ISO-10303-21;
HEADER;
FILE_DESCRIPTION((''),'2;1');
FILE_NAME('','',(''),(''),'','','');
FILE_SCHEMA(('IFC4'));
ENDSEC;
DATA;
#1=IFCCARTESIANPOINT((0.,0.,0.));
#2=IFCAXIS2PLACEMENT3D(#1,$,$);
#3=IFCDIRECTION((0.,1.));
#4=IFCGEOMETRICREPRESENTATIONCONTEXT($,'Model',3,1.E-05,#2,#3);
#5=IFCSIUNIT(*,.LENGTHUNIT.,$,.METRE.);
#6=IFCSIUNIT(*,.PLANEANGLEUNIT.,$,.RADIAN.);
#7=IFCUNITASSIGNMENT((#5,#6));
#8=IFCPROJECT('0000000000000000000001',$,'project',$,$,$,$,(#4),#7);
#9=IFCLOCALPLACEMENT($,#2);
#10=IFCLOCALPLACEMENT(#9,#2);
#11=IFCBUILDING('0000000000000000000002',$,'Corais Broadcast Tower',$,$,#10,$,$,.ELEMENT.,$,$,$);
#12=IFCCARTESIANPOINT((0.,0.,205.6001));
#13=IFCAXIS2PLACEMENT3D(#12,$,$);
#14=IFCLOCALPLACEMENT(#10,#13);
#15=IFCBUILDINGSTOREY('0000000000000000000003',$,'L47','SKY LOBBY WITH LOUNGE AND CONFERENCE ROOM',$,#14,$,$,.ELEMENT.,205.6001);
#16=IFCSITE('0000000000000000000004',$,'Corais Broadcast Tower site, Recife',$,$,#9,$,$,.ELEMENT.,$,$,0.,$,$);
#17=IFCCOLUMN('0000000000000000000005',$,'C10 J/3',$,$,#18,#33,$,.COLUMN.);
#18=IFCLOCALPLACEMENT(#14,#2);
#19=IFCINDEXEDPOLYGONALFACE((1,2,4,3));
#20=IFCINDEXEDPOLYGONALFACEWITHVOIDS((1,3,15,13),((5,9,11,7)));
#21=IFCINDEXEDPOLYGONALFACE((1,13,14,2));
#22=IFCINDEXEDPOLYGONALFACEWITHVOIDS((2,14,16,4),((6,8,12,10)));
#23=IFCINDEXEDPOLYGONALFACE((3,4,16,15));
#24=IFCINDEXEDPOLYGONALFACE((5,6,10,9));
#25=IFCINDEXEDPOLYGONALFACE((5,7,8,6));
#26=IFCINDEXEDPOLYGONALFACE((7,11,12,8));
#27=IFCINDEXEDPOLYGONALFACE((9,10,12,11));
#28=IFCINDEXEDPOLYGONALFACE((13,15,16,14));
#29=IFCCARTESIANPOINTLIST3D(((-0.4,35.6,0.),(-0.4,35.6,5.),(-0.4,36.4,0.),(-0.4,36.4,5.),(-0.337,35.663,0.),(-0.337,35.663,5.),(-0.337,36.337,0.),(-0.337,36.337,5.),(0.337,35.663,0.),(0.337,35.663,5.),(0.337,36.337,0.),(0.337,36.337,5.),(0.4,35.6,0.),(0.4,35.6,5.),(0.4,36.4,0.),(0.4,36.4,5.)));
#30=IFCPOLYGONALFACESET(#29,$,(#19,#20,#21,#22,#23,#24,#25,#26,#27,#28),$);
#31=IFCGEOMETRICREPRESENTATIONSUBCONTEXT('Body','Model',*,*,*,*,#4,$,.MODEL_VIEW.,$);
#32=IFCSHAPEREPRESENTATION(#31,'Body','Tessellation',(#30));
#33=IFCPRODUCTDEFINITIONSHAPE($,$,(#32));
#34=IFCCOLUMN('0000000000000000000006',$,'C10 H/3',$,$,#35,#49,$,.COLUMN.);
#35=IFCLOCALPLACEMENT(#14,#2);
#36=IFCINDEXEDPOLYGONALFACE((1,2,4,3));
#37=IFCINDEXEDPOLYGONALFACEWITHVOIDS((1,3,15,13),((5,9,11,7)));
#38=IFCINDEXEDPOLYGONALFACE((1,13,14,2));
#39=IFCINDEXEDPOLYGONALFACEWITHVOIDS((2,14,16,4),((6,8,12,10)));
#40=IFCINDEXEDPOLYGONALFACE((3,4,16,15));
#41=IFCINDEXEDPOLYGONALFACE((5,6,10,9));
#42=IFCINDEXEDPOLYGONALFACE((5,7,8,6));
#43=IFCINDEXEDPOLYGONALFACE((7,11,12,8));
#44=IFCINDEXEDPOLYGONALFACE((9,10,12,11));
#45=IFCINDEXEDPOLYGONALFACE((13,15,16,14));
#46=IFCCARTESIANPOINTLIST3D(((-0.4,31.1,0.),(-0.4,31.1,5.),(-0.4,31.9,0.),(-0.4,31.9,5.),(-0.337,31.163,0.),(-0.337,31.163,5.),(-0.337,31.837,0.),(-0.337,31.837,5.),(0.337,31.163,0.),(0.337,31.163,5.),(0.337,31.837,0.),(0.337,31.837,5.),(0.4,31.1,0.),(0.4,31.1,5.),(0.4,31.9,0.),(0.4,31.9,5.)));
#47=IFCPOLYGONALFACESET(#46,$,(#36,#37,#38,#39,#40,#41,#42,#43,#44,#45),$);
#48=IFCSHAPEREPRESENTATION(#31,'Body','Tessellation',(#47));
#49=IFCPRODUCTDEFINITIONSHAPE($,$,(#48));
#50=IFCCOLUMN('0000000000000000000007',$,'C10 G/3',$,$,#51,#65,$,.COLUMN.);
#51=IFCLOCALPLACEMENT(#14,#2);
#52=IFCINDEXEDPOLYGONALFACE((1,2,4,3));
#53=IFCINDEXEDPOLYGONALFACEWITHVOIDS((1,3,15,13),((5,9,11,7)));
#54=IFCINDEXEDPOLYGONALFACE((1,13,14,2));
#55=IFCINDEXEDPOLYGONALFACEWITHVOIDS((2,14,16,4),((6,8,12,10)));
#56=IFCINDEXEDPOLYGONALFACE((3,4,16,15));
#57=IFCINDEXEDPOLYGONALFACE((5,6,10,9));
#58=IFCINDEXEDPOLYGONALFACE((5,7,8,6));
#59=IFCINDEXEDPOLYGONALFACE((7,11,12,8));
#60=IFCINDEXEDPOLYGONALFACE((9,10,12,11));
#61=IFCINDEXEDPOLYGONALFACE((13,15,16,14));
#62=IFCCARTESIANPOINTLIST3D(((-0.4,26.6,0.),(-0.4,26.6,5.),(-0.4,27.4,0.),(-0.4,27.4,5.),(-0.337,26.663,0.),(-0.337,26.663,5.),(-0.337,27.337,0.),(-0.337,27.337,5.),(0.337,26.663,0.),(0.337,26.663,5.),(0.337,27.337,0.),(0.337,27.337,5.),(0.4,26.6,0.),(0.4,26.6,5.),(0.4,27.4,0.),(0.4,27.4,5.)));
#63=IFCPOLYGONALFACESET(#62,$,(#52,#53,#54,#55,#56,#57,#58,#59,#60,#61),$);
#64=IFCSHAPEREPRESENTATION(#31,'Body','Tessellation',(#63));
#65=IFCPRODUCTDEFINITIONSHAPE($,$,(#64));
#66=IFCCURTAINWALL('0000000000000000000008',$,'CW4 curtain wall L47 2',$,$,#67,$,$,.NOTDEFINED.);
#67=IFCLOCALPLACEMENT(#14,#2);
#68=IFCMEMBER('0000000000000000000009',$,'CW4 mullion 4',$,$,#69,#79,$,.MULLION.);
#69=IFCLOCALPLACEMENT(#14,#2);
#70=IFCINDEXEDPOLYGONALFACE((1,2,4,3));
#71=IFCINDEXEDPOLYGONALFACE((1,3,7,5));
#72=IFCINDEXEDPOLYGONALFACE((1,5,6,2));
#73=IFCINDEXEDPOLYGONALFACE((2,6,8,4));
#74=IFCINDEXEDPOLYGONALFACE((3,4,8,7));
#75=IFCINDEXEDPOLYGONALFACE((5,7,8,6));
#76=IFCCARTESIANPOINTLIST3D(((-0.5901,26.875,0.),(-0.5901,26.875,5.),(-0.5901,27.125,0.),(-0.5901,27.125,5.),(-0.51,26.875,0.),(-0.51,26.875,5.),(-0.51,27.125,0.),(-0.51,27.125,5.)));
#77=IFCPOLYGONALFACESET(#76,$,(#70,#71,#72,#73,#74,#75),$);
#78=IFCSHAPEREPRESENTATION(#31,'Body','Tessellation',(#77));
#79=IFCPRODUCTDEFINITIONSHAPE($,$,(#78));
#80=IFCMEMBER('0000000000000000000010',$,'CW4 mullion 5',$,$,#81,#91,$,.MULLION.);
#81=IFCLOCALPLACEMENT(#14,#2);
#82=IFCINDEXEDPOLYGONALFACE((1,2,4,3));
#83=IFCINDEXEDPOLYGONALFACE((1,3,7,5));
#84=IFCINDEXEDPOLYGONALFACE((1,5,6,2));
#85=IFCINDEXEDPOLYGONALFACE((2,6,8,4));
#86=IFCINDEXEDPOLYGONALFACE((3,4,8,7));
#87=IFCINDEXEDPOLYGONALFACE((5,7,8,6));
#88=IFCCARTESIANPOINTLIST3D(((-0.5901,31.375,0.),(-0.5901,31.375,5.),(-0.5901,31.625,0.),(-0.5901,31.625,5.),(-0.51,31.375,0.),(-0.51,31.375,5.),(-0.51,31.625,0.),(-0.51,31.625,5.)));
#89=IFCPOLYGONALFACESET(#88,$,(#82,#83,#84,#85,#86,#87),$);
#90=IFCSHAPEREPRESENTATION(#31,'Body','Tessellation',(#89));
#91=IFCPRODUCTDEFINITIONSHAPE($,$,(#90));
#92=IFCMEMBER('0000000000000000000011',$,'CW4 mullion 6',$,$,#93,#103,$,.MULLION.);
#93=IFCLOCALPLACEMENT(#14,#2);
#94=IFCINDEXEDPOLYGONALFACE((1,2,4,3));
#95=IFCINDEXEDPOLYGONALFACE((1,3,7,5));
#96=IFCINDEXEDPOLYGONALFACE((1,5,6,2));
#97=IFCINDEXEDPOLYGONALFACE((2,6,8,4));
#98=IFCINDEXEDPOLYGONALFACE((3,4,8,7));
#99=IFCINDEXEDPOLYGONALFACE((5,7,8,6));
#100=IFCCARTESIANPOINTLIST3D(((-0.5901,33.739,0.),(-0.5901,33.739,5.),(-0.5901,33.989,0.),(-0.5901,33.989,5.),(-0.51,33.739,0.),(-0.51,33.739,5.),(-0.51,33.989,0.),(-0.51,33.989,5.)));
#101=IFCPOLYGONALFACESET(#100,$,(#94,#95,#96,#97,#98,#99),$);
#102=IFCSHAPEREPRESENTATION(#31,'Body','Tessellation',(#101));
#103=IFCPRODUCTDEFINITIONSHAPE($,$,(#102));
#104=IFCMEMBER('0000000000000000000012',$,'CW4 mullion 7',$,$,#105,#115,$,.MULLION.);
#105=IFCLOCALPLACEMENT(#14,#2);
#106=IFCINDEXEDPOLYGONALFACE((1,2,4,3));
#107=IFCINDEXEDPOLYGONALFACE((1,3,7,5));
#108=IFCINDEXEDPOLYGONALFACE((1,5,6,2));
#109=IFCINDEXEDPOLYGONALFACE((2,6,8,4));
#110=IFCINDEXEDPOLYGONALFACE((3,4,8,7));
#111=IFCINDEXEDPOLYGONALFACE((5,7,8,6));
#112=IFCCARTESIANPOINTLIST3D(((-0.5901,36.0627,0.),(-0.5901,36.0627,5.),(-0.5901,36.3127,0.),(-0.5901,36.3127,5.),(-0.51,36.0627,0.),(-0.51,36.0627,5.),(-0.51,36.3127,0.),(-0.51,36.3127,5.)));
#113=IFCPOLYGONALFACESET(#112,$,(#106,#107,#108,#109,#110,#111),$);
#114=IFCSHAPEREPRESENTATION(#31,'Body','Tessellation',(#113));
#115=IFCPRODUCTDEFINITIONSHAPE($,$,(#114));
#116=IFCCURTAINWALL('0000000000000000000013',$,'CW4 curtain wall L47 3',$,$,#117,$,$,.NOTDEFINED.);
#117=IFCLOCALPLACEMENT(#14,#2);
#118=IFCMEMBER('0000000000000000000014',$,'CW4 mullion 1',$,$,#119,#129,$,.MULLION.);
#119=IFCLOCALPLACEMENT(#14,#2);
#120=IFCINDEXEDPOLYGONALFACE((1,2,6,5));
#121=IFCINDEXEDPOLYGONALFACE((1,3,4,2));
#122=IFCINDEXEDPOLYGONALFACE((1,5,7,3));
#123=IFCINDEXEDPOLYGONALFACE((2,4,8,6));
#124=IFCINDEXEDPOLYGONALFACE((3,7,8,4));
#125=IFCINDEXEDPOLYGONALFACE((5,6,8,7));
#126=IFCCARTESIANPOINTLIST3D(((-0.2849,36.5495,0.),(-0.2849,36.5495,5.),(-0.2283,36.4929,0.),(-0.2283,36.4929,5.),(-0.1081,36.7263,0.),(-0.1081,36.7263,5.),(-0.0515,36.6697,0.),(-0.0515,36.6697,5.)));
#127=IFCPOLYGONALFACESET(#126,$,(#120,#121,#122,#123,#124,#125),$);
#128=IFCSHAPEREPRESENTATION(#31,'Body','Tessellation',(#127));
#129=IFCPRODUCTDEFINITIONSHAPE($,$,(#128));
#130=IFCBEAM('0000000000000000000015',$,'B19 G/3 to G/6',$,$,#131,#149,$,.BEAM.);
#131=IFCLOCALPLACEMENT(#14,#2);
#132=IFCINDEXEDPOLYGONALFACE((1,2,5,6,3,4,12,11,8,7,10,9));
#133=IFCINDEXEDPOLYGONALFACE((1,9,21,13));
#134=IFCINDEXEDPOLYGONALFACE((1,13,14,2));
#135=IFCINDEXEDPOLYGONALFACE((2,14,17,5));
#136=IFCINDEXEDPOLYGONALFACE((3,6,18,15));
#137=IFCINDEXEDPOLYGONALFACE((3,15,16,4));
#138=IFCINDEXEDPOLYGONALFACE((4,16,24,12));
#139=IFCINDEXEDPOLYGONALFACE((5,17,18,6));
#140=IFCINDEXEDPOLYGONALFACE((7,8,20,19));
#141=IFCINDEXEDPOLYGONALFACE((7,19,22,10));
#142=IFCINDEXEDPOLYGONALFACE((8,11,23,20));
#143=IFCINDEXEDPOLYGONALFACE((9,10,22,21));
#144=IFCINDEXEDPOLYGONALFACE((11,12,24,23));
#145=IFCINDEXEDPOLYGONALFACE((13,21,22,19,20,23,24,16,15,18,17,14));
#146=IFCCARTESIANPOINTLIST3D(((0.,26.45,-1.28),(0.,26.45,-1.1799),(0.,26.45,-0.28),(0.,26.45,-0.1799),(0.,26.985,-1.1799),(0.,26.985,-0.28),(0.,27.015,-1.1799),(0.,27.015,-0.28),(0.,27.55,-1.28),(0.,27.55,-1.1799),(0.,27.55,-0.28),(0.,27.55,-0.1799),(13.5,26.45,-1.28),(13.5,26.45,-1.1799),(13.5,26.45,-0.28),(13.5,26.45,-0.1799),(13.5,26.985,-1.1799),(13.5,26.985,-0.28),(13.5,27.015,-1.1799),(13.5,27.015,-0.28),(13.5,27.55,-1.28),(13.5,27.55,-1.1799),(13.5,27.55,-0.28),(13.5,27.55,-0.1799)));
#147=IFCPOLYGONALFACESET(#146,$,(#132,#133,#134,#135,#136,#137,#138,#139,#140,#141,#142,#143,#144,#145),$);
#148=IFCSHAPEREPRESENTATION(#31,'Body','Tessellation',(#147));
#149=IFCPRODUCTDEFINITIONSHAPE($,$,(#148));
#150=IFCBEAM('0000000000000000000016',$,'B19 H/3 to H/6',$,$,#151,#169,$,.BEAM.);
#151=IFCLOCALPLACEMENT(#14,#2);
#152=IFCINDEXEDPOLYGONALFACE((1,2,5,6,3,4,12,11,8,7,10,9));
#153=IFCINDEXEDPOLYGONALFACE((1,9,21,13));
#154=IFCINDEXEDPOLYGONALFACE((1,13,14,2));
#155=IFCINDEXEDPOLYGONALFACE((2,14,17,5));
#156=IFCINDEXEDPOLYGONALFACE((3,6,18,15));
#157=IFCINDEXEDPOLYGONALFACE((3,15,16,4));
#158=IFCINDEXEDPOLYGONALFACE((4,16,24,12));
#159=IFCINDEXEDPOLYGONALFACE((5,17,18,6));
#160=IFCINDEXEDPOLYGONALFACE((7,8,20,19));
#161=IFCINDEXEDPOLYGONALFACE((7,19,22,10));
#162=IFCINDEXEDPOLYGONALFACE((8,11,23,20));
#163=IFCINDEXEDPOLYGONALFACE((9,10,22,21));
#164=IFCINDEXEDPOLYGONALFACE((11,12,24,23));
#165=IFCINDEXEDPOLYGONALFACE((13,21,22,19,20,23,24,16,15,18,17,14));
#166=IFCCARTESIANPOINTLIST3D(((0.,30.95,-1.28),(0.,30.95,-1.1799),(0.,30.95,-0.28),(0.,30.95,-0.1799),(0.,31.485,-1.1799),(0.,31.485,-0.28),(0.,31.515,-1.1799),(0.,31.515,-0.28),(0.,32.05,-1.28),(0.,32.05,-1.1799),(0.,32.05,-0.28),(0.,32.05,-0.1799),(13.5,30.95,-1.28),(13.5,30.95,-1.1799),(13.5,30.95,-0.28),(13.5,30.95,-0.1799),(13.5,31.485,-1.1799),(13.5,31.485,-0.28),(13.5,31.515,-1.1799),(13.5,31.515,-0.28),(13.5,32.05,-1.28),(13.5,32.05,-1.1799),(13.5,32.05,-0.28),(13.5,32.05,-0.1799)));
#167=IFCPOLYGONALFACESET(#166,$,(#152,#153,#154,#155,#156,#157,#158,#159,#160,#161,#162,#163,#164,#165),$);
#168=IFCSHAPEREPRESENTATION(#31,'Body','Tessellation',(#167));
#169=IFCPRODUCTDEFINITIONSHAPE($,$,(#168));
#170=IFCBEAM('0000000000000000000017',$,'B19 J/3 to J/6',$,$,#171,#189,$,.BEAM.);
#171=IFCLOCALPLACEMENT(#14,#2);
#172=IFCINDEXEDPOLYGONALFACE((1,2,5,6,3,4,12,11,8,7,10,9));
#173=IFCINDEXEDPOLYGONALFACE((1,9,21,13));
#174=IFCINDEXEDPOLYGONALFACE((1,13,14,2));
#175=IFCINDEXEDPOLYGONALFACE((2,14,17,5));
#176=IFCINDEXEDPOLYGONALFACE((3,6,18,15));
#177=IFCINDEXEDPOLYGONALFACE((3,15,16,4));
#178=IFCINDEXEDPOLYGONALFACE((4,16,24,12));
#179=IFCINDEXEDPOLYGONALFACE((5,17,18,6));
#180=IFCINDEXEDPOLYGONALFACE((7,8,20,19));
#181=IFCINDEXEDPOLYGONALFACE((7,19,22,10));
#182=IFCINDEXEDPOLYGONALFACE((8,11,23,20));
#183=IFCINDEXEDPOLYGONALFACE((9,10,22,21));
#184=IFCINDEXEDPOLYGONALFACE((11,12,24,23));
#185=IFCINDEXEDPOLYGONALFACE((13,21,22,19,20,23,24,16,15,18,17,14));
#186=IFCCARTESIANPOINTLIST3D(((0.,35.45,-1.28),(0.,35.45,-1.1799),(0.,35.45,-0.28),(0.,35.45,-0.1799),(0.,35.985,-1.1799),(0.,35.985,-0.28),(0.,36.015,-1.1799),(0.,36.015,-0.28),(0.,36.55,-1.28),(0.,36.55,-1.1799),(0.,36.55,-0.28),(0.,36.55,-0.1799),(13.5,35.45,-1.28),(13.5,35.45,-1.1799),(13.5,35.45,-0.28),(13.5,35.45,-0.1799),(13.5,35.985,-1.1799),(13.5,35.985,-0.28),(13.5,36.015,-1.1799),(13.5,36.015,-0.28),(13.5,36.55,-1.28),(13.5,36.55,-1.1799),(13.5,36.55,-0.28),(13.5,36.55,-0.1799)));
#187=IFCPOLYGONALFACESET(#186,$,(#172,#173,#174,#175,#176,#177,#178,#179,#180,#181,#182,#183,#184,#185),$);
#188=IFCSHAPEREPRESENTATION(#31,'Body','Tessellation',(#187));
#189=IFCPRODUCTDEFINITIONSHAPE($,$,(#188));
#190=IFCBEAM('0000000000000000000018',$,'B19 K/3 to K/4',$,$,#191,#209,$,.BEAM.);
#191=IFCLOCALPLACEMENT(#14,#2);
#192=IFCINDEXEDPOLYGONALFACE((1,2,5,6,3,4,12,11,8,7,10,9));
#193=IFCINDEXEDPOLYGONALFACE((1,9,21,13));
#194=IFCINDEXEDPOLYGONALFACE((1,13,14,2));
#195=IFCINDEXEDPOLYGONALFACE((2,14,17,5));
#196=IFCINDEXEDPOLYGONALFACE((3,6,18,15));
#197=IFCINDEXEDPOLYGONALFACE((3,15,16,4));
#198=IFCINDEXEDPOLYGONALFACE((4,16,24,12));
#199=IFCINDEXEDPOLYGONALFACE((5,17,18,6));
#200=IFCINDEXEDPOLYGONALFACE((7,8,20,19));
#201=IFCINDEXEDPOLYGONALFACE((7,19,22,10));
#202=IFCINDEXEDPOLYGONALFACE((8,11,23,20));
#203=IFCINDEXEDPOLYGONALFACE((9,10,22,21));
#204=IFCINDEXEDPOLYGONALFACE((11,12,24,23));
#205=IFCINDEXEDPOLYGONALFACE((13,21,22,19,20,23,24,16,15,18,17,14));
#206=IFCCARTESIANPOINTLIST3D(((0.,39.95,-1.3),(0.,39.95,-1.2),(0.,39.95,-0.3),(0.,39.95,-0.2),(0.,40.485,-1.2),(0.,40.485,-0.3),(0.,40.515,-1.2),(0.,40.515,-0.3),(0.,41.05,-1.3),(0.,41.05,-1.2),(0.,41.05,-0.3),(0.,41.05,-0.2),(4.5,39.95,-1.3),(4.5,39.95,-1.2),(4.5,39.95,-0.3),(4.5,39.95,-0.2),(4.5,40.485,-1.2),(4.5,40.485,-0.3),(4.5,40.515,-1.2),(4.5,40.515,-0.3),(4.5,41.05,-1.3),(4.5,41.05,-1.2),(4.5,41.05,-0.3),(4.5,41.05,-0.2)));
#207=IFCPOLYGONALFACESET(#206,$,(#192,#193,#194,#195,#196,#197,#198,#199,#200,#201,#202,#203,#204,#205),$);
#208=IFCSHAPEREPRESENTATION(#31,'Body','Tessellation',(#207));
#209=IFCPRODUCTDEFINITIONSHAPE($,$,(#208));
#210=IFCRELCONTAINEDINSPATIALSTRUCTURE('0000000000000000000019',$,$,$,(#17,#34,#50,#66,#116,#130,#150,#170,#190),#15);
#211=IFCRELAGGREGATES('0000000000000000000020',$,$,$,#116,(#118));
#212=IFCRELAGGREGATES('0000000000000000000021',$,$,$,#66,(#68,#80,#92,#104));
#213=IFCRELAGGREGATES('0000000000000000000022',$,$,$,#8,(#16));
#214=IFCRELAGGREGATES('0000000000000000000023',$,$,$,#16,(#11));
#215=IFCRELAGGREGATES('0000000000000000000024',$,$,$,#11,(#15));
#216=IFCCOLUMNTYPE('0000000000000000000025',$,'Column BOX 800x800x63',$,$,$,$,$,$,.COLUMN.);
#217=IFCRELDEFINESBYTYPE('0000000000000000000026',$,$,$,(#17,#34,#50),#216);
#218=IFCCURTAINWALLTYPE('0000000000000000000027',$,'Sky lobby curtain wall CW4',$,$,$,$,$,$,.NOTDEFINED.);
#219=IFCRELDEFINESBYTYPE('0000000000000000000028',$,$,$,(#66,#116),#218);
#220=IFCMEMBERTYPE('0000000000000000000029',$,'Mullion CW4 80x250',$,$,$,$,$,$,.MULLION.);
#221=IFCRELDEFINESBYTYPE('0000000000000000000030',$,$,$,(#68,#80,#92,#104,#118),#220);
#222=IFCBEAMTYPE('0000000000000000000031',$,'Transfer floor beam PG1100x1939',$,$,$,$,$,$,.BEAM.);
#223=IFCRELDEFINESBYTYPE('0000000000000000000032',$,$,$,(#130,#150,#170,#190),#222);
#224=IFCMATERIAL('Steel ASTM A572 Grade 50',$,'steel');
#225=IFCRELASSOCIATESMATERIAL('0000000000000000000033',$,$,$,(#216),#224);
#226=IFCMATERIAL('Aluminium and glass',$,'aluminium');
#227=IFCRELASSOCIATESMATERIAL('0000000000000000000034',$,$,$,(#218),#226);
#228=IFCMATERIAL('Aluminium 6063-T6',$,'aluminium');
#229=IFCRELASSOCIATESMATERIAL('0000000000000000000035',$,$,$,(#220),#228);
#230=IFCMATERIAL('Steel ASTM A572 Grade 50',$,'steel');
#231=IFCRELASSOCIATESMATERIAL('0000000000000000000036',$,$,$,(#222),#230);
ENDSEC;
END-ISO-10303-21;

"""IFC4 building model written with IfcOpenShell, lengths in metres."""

from ifc_helpers import new_model, si_unit, direction, frame, origin, origin_2d, place, context, subcontext, project, spatial, rectangle, hollow_rectangle, i_section, extrude, material, material_profile, profile_set, type_object, element, aggregate, save


model = new_model("IFC4")

# Units and contexts
model_context = context("Model", 3, precision=1e-05, world=origin(), true_north=direction((0.0, 1.0)))
body_context = subcontext(model_context, "Body", "Model", "MODEL_VIEW")
ifc_project = project(units=[si_unit("LENGTHUNIT", "METRE"), si_unit("PLANEANGLEUNIT", "RADIAN")], contexts=[model_context])

# Site, building, storey
site_placement = place(None, origin())
site = spatial("IfcSite", under=ifc_project, at=site_placement, Name="Corais Broadcast Tower site, Recife", CompositionType="ELEMENT", RefElevation=0.0)
building_placement = place(site_placement, origin())
building = spatial("IfcBuilding", under=site, at=building_placement, Name="Corais Broadcast Tower", CompositionType="ELEMENT")
storey_placement = place(building_placement, frame((0.0, 0.0, 205.6001)))
storey = spatial("IfcBuildingStorey", under=building, at=storey_placement, Name="L47", Description="SKY LOBBY WITH LOUNGE AND CONFERENCE ROOM", CompositionType="ELEMENT", Elevation=205.6001)

# Columns
ifc_material_1 = material(Name="Steel ASTM A572 Grade 50", Category="steel")
ifc_material_profile_1 = material_profile(ifc_material_1, hollow_rectangle(XDim=0.8, YDim=0.8, WallThickness=0.063, at=origin_2d()), Name="BOX 800x800x63")
ifc_profile_set_1 = profile_set([ifc_material_profile_1], Name="Steel ASTM A572 Grade 50")
column_type = type_object("IfcColumnType", Name="Column BOX 800x800x63", PredefinedType="COLUMN", material=ifc_profile_set_1)
for number, where, z_axis, x_axis, name in (
    (1, (0.0, 36.0, 0.0), (0.0, 0.0, 1.0), (1.0, 0.0, 0.0), "C10 J/3"),
    (2, (0.0, 31.5, 0.0), (0.0, 0.0, 1.0), (1.0, 0.0, 0.0), "C10 H/3"),
    (3, (0.0, 27.0, 0.0), (0.0, 0.0, 1.0), (1.0, 0.0, 0.0), "C10 G/3"),
):
    element("IfcColumn", number, at=place(storey_placement, frame(where, z_axis=z_axis, x_axis=x_axis)), inside=storey, type_object=column_type, Name=name, PredefinedType="COLUMN", context=body_context, shape_type="SweptSolid", body=[
        extrude(hollow_rectangle(XDim=0.8, YDim=0.8, WallThickness=0.063, at=origin_2d()), origin(), (0.0, 0.0, 1.0), 5.0),
    ])

# Curtain wall, members
ifc_material_2 = material(Name="Aluminium and glass", Category="aluminium")
curtain_wall_type = type_object("IfcCurtainWallType", Name="Sky lobby curtain wall CW4", PredefinedType="NOTDEFINED", material=ifc_material_2)
curtain_wall_1_placement = place(storey_placement, origin())
curtain_wall_1 = element("IfcCurtainWall", 4, at=curtain_wall_1_placement, inside=storey, type_object=curtain_wall_type, Name="CW4 curtain wall L47 2", PredefinedType="NOTDEFINED")
ifc_material_3 = material(Name="Aluminium 6063-T6", Category="aluminium")
ifc_material_profile_2 = material_profile(ifc_material_3, rectangle(XDim=0.0801, YDim=0.25, at=origin_2d()), Name="Mullion CW4 80x250")
ifc_profile_set_2 = profile_set([ifc_material_profile_2], Name="Aluminium 6063-T6")
member_type_1 = type_object("IfcMemberType", Name="Mullion CW4 80x250", PredefinedType="MULLION", material=ifc_profile_set_2)
member_1_placement = place(storey_placement, frame((-0.55, 27.0, 0.0), z_axis=(0.0, 0.0, 1.0), x_axis=(-1.0, 0.0, 0.0)))
member_1 = element("IfcMember", 5, at=member_1_placement, type_object=member_type_1, Name="CW4 mullion 4", PredefinedType="MULLION", context=body_context, shape_type="SweptSolid", body=[
    extrude(rectangle(XDim=0.0801, YDim=0.25, at=origin_2d()), origin(), (0.0, 0.0, 1.0), 5.0),
])
member_2_placement = place(storey_placement, frame((-0.55, 31.5, 0.0), z_axis=(0.0, 0.0, 1.0), x_axis=(-1.0, 0.0, 0.0)))
member_2 = element("IfcMember", 6, at=member_2_placement, type_object=member_type_1, Name="CW4 mullion 5", PredefinedType="MULLION", context=body_context, shape_type="SweptSolid", body=[
    extrude(rectangle(XDim=0.0801, YDim=0.25, at=origin_2d()), origin(), (0.0, 0.0, 1.0), 5.0),
])
member_3_placement = place(storey_placement, frame((-0.55, 33.864, 0.0), z_axis=(0.0, 0.0, 1.0), x_axis=(-1.0, 0.0, 0.0)))
member_3 = element("IfcMember", 7, at=member_3_placement, type_object=member_type_1, Name="CW4 mullion 6", PredefinedType="MULLION", context=body_context, shape_type="SweptSolid", body=[
    extrude(rectangle(XDim=0.0801, YDim=0.25, at=origin_2d()), origin(), (0.0, 0.0, 1.0), 5.0),
])
member_4_placement = place(storey_placement, frame((-0.55, 36.1877, 0.0), z_axis=(0.0, 0.0, 1.0), x_axis=(-1.0, 0.0, 0.0)))
member_4 = element("IfcMember", 8, at=member_4_placement, type_object=member_type_1, Name="CW4 mullion 7", PredefinedType="MULLION", context=body_context, shape_type="SweptSolid", body=[
    extrude(rectangle(XDim=0.0801, YDim=0.25, at=origin_2d()), origin(), (0.0, 0.0, 1.0), 5.0),
])

# Curtain wall, member
curtain_wall_2_placement = place(storey_placement, origin())
curtain_wall_2 = element("IfcCurtainWall", 9, at=curtain_wall_2_placement, inside=storey, type_object=curtain_wall_type, Name="CW4 curtain wall L47 3", PredefinedType="NOTDEFINED")
member_5_placement = place(storey_placement, frame((-0.1682, 36.6096, 0.0), z_axis=(0.0, 0.0, 1.0), x_axis=(-0.707107, 0.707107, 0.0)))
member_5 = element("IfcMember", 10, at=member_5_placement, type_object=member_type_1, Name="CW4 mullion 1", PredefinedType="MULLION", context=body_context, shape_type="SweptSolid", body=[
    extrude(rectangle(XDim=0.0801, YDim=0.25, at=origin_2d()), origin(), (0.0, 0.0, 1.0), 5.0),
])

# Beams
ifc_material_4 = material(Name="Steel ASTM A572 Grade 50", Category="steel")
ifc_material_profile_3 = material_profile(ifc_material_4, i_section(OverallWidth=1.1001, OverallDepth=1.1001, WebThickness=0.03, FlangeThickness=0.1001, at=origin_2d()), Name="PG1100x1939")
ifc_profile_set_3 = profile_set([ifc_material_profile_3], Name="Steel ASTM A572 Grade 50")
beam_type_1 = type_object("IfcBeamType", Name="Transfer floor beam PG1100x1939", PredefinedType="BEAM", material=ifc_profile_set_3)
for number, where, z_axis, x_axis, name in (
    (11, (0.0, 27.0, -0.73), (1.0, 0.0, 0.0), (0.0, 1.0, 0.0), "B19 G/3 to G/6"),
    (12, (0.0, 31.5, -0.73), (1.0, 0.0, 0.0), (0.0, 1.0, 0.0), "B19 H/3 to H/6"),
    (13, (0.0, 36.0, -0.73), (1.0, 0.0, 0.0), (0.0, 1.0, 0.0), "B19 J/3 to J/6"),
):
    element("IfcBeam", number, at=place(storey_placement, frame(where, z_axis=z_axis, x_axis=x_axis)), inside=storey, type_object=beam_type_1, Name=name, PredefinedType="BEAM", context=body_context, shape_type="SweptSolid", body=[
        extrude(i_section(OverallWidth=1.1001, OverallDepth=1.1001, WebThickness=0.03, FlangeThickness=0.1001, at=origin_2d()), origin(), (0.0, 0.0, 1.0), 13.5),
    ])
beam_placement = place(storey_placement, frame((0.0, 40.5, -0.75), z_axis=(1.0, 0.0, 0.0), x_axis=(0.0, 1.0, 0.0)))
element("IfcBeam", 14, at=beam_placement, inside=storey, type_object=beam_type_1, Name="B19 K/3 to K/4", PredefinedType="BEAM", context=body_context, shape_type="SweptSolid", body=[
    extrude(i_section(OverallWidth=1.1001, OverallDepth=1.1001, WebThickness=0.03, FlangeThickness=0.1001, at=origin_2d()), origin(), (0.0, 0.0, 1.0), 4.5),
])

aggregate(curtain_wall_2, [member_5])
aggregate(curtain_wall_1, [member_1, member_2, member_3, member_4])

save(model, "model.ifc")
